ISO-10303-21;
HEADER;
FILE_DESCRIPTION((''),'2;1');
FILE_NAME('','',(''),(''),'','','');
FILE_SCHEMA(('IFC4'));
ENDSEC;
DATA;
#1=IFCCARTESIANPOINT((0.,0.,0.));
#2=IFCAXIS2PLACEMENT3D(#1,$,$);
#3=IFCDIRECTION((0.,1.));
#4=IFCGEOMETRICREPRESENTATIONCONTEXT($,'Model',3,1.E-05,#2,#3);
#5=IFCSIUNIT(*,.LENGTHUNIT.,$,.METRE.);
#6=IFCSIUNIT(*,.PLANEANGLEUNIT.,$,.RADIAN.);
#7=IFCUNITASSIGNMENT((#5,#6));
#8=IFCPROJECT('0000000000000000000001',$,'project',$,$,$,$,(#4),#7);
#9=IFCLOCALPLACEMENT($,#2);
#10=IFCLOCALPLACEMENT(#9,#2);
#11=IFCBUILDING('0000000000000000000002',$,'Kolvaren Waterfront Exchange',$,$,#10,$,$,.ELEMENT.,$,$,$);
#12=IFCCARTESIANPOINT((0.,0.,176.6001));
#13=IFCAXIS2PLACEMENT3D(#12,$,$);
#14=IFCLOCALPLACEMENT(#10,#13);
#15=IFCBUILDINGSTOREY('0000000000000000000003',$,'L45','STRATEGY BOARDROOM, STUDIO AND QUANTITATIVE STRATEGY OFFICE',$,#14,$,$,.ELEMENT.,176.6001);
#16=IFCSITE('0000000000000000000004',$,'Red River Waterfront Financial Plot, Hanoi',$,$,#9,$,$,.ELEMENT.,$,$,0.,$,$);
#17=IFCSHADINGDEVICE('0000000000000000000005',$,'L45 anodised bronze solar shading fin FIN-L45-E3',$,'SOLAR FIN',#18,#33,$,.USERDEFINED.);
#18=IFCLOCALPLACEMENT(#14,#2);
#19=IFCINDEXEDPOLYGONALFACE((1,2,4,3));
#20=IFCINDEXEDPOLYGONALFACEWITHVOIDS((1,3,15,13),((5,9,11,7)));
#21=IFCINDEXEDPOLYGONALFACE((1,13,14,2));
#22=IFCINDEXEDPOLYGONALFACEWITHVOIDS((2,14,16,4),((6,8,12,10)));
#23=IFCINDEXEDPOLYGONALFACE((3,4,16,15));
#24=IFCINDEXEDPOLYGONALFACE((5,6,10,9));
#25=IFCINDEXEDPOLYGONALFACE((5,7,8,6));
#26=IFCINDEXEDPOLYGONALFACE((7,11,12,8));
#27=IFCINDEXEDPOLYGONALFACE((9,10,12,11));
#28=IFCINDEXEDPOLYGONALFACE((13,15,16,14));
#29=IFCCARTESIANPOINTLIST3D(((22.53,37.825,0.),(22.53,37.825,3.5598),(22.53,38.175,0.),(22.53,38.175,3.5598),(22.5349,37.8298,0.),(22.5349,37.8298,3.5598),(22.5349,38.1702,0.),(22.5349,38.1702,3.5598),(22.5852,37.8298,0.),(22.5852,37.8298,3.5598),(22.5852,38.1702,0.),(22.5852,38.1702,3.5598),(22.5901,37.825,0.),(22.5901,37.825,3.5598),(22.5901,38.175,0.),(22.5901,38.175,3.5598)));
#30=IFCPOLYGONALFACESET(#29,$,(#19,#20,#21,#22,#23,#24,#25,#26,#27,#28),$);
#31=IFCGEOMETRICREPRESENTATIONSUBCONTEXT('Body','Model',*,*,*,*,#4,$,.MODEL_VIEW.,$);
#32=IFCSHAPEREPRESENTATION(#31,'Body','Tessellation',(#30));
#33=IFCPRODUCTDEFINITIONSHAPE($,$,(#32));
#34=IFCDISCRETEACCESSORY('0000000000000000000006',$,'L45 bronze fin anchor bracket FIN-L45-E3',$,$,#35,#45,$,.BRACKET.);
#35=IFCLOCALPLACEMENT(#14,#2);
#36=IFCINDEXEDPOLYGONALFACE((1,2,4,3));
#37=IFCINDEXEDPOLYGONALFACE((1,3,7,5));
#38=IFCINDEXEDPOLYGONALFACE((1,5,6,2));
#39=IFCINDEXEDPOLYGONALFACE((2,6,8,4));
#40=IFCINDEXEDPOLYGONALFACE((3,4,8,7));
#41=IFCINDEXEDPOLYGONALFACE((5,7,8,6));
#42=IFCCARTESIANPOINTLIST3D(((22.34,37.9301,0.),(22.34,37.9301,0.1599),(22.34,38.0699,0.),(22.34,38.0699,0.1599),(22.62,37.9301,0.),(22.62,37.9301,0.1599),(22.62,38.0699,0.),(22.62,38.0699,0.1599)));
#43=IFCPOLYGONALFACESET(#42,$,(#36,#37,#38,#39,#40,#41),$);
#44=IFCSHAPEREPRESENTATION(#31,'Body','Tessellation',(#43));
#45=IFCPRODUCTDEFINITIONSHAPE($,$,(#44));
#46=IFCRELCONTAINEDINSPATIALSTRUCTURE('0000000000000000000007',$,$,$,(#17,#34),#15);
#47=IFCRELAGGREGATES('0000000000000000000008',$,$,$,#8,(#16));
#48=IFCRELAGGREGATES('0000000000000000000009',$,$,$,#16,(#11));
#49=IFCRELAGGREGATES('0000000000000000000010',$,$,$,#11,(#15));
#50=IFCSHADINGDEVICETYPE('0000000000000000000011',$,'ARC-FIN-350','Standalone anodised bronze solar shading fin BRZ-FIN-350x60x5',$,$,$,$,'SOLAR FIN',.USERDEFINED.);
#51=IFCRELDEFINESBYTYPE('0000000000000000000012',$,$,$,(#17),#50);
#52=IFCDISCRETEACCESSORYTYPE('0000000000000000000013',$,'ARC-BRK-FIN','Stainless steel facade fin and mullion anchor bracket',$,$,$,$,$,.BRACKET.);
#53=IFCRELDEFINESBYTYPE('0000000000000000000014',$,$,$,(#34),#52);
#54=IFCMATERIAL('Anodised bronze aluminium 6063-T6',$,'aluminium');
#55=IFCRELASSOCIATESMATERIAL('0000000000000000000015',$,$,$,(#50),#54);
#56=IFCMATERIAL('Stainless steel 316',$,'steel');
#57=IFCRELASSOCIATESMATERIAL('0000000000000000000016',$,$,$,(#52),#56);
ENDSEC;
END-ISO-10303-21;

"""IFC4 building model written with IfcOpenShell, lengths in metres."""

from ifc_helpers import new_model, si_unit, direction, frame, origin, origin_with_axes, origin_2d, place, context, subcontext, project, spatial, rectangle, hollow_rectangle, extrude, source, transform, mapped, material, material_profile, profile_set, type_object, element, save


model = new_model("IFC4")

# Units and contexts
model_context = context("Model", 3, precision=1e-05, world=origin(), true_north=direction((0.0, 1.0)))
body_context = subcontext(model_context, "Body", "Model", "MODEL_VIEW")
ifc_project = project(units=[si_unit("LENGTHUNIT", "METRE"), si_unit("PLANEANGLEUNIT", "RADIAN")], contexts=[model_context])

# Site, building, storey
site_placement = place(None, origin())
site = spatial("IfcSite", under=ifc_project, at=site_placement, Name="Red River Waterfront Financial Plot, Hanoi", CompositionType="ELEMENT", RefElevation=0.0)
building_placement = place(site_placement, origin())
building = spatial("IfcBuilding", under=site, at=building_placement, Name="Kolvaren Waterfront Exchange", CompositionType="ELEMENT")
storey_placement = place(building_placement, frame((0.0, 0.0, 176.6001)))
storey = spatial("IfcBuildingStorey", under=building, at=storey_placement, Name="L45", Description="STRATEGY BOARDROOM, STUDIO AND QUANTITATIVE STRATEGY OFFICE", CompositionType="ELEMENT", Elevation=176.6001)

# Shared definitions
ifc_material_1 = material(Name="Anodised bronze aluminium 6063-T6", Category="aluminium")

# Shading device
ifc_material_profile_1 = material_profile(ifc_material_1, hollow_rectangle(XDim=0.0601, YDim=0.3501, WallThickness=0.0049, at=origin_2d()), Name="BRZ-FIN-350x60x5")
ifc_profile_set_1 = profile_set([ifc_material_profile_1], Name="Anodised bronze aluminium 6063-T6")
shading_device_type = type_object("IfcShadingDeviceType", Name="ARC-FIN-350", Description="Standalone anodised bronze solar shading fin BRZ-FIN-350x60x5", ElementType="SOLAR FIN", PredefinedType="USERDEFINED", material=ifc_profile_set_1)
shading_device_placement = place(storey_placement, frame((22.5601, 38.0, 0.0), z_axis=(0.0, 0.0, 1.0), x_axis=(1.0, 0.0, 0.0)))
element("IfcShadingDevice", 1, at=shading_device_placement, inside=storey, type_object=shading_device_type, Name="L45 anodised bronze solar shading fin FIN-L45-E3", ObjectType="SOLAR FIN", PredefinedType="USERDEFINED", context=body_context, shape_type="SweptSolid", body=[
    extrude(hollow_rectangle(XDim=0.0601, YDim=0.3501, WallThickness=0.0049, at=origin_2d()), origin(), (0.0, 0.0, 1.0), 3.5598),
])

# Discrete accessory
ifc_material_2 = material(Name="Stainless steel 316", Category="steel")
discrete_accessory_type = type_object("IfcDiscreteAccessoryType", Name="ARC-BRK-FIN", Description="Stainless steel facade fin and mullion anchor bracket", PredefinedType="BRACKET", material=ifc_material_2)
shared_shape_1 = source(origin_with_axes(), body_context, "Body", "SweptSolid", [
    extrude(rectangle(XDim=0.28, YDim=0.1399, at=origin_2d()), origin(), (0.0, 0.0, 1.0), 0.1599),
])
discrete_accessory_placement = place(storey_placement, frame((22.48, 38.0, 0.0), z_axis=(0.0, 0.0, 1.0), x_axis=(1.0, 0.0, 0.0)))
element("IfcDiscreteAccessory", 2, at=discrete_accessory_placement, inside=storey, type_object=discrete_accessory_type, Name="L45 bronze fin anchor bracket FIN-L45-E3", PredefinedType="BRACKET", context=body_context, shape_type="MappedRepresentation", body=[
    mapped(shared_shape_1, transform((0.0, 0.0, 0.0), x_axis=(1.0, 0.0, 0.0), y_axis=(0.0, 1.0, 0.0), z_axis=(0.0, 0.0, 1.0), scale=1.0)),
])

save(model, "model.ifc")
